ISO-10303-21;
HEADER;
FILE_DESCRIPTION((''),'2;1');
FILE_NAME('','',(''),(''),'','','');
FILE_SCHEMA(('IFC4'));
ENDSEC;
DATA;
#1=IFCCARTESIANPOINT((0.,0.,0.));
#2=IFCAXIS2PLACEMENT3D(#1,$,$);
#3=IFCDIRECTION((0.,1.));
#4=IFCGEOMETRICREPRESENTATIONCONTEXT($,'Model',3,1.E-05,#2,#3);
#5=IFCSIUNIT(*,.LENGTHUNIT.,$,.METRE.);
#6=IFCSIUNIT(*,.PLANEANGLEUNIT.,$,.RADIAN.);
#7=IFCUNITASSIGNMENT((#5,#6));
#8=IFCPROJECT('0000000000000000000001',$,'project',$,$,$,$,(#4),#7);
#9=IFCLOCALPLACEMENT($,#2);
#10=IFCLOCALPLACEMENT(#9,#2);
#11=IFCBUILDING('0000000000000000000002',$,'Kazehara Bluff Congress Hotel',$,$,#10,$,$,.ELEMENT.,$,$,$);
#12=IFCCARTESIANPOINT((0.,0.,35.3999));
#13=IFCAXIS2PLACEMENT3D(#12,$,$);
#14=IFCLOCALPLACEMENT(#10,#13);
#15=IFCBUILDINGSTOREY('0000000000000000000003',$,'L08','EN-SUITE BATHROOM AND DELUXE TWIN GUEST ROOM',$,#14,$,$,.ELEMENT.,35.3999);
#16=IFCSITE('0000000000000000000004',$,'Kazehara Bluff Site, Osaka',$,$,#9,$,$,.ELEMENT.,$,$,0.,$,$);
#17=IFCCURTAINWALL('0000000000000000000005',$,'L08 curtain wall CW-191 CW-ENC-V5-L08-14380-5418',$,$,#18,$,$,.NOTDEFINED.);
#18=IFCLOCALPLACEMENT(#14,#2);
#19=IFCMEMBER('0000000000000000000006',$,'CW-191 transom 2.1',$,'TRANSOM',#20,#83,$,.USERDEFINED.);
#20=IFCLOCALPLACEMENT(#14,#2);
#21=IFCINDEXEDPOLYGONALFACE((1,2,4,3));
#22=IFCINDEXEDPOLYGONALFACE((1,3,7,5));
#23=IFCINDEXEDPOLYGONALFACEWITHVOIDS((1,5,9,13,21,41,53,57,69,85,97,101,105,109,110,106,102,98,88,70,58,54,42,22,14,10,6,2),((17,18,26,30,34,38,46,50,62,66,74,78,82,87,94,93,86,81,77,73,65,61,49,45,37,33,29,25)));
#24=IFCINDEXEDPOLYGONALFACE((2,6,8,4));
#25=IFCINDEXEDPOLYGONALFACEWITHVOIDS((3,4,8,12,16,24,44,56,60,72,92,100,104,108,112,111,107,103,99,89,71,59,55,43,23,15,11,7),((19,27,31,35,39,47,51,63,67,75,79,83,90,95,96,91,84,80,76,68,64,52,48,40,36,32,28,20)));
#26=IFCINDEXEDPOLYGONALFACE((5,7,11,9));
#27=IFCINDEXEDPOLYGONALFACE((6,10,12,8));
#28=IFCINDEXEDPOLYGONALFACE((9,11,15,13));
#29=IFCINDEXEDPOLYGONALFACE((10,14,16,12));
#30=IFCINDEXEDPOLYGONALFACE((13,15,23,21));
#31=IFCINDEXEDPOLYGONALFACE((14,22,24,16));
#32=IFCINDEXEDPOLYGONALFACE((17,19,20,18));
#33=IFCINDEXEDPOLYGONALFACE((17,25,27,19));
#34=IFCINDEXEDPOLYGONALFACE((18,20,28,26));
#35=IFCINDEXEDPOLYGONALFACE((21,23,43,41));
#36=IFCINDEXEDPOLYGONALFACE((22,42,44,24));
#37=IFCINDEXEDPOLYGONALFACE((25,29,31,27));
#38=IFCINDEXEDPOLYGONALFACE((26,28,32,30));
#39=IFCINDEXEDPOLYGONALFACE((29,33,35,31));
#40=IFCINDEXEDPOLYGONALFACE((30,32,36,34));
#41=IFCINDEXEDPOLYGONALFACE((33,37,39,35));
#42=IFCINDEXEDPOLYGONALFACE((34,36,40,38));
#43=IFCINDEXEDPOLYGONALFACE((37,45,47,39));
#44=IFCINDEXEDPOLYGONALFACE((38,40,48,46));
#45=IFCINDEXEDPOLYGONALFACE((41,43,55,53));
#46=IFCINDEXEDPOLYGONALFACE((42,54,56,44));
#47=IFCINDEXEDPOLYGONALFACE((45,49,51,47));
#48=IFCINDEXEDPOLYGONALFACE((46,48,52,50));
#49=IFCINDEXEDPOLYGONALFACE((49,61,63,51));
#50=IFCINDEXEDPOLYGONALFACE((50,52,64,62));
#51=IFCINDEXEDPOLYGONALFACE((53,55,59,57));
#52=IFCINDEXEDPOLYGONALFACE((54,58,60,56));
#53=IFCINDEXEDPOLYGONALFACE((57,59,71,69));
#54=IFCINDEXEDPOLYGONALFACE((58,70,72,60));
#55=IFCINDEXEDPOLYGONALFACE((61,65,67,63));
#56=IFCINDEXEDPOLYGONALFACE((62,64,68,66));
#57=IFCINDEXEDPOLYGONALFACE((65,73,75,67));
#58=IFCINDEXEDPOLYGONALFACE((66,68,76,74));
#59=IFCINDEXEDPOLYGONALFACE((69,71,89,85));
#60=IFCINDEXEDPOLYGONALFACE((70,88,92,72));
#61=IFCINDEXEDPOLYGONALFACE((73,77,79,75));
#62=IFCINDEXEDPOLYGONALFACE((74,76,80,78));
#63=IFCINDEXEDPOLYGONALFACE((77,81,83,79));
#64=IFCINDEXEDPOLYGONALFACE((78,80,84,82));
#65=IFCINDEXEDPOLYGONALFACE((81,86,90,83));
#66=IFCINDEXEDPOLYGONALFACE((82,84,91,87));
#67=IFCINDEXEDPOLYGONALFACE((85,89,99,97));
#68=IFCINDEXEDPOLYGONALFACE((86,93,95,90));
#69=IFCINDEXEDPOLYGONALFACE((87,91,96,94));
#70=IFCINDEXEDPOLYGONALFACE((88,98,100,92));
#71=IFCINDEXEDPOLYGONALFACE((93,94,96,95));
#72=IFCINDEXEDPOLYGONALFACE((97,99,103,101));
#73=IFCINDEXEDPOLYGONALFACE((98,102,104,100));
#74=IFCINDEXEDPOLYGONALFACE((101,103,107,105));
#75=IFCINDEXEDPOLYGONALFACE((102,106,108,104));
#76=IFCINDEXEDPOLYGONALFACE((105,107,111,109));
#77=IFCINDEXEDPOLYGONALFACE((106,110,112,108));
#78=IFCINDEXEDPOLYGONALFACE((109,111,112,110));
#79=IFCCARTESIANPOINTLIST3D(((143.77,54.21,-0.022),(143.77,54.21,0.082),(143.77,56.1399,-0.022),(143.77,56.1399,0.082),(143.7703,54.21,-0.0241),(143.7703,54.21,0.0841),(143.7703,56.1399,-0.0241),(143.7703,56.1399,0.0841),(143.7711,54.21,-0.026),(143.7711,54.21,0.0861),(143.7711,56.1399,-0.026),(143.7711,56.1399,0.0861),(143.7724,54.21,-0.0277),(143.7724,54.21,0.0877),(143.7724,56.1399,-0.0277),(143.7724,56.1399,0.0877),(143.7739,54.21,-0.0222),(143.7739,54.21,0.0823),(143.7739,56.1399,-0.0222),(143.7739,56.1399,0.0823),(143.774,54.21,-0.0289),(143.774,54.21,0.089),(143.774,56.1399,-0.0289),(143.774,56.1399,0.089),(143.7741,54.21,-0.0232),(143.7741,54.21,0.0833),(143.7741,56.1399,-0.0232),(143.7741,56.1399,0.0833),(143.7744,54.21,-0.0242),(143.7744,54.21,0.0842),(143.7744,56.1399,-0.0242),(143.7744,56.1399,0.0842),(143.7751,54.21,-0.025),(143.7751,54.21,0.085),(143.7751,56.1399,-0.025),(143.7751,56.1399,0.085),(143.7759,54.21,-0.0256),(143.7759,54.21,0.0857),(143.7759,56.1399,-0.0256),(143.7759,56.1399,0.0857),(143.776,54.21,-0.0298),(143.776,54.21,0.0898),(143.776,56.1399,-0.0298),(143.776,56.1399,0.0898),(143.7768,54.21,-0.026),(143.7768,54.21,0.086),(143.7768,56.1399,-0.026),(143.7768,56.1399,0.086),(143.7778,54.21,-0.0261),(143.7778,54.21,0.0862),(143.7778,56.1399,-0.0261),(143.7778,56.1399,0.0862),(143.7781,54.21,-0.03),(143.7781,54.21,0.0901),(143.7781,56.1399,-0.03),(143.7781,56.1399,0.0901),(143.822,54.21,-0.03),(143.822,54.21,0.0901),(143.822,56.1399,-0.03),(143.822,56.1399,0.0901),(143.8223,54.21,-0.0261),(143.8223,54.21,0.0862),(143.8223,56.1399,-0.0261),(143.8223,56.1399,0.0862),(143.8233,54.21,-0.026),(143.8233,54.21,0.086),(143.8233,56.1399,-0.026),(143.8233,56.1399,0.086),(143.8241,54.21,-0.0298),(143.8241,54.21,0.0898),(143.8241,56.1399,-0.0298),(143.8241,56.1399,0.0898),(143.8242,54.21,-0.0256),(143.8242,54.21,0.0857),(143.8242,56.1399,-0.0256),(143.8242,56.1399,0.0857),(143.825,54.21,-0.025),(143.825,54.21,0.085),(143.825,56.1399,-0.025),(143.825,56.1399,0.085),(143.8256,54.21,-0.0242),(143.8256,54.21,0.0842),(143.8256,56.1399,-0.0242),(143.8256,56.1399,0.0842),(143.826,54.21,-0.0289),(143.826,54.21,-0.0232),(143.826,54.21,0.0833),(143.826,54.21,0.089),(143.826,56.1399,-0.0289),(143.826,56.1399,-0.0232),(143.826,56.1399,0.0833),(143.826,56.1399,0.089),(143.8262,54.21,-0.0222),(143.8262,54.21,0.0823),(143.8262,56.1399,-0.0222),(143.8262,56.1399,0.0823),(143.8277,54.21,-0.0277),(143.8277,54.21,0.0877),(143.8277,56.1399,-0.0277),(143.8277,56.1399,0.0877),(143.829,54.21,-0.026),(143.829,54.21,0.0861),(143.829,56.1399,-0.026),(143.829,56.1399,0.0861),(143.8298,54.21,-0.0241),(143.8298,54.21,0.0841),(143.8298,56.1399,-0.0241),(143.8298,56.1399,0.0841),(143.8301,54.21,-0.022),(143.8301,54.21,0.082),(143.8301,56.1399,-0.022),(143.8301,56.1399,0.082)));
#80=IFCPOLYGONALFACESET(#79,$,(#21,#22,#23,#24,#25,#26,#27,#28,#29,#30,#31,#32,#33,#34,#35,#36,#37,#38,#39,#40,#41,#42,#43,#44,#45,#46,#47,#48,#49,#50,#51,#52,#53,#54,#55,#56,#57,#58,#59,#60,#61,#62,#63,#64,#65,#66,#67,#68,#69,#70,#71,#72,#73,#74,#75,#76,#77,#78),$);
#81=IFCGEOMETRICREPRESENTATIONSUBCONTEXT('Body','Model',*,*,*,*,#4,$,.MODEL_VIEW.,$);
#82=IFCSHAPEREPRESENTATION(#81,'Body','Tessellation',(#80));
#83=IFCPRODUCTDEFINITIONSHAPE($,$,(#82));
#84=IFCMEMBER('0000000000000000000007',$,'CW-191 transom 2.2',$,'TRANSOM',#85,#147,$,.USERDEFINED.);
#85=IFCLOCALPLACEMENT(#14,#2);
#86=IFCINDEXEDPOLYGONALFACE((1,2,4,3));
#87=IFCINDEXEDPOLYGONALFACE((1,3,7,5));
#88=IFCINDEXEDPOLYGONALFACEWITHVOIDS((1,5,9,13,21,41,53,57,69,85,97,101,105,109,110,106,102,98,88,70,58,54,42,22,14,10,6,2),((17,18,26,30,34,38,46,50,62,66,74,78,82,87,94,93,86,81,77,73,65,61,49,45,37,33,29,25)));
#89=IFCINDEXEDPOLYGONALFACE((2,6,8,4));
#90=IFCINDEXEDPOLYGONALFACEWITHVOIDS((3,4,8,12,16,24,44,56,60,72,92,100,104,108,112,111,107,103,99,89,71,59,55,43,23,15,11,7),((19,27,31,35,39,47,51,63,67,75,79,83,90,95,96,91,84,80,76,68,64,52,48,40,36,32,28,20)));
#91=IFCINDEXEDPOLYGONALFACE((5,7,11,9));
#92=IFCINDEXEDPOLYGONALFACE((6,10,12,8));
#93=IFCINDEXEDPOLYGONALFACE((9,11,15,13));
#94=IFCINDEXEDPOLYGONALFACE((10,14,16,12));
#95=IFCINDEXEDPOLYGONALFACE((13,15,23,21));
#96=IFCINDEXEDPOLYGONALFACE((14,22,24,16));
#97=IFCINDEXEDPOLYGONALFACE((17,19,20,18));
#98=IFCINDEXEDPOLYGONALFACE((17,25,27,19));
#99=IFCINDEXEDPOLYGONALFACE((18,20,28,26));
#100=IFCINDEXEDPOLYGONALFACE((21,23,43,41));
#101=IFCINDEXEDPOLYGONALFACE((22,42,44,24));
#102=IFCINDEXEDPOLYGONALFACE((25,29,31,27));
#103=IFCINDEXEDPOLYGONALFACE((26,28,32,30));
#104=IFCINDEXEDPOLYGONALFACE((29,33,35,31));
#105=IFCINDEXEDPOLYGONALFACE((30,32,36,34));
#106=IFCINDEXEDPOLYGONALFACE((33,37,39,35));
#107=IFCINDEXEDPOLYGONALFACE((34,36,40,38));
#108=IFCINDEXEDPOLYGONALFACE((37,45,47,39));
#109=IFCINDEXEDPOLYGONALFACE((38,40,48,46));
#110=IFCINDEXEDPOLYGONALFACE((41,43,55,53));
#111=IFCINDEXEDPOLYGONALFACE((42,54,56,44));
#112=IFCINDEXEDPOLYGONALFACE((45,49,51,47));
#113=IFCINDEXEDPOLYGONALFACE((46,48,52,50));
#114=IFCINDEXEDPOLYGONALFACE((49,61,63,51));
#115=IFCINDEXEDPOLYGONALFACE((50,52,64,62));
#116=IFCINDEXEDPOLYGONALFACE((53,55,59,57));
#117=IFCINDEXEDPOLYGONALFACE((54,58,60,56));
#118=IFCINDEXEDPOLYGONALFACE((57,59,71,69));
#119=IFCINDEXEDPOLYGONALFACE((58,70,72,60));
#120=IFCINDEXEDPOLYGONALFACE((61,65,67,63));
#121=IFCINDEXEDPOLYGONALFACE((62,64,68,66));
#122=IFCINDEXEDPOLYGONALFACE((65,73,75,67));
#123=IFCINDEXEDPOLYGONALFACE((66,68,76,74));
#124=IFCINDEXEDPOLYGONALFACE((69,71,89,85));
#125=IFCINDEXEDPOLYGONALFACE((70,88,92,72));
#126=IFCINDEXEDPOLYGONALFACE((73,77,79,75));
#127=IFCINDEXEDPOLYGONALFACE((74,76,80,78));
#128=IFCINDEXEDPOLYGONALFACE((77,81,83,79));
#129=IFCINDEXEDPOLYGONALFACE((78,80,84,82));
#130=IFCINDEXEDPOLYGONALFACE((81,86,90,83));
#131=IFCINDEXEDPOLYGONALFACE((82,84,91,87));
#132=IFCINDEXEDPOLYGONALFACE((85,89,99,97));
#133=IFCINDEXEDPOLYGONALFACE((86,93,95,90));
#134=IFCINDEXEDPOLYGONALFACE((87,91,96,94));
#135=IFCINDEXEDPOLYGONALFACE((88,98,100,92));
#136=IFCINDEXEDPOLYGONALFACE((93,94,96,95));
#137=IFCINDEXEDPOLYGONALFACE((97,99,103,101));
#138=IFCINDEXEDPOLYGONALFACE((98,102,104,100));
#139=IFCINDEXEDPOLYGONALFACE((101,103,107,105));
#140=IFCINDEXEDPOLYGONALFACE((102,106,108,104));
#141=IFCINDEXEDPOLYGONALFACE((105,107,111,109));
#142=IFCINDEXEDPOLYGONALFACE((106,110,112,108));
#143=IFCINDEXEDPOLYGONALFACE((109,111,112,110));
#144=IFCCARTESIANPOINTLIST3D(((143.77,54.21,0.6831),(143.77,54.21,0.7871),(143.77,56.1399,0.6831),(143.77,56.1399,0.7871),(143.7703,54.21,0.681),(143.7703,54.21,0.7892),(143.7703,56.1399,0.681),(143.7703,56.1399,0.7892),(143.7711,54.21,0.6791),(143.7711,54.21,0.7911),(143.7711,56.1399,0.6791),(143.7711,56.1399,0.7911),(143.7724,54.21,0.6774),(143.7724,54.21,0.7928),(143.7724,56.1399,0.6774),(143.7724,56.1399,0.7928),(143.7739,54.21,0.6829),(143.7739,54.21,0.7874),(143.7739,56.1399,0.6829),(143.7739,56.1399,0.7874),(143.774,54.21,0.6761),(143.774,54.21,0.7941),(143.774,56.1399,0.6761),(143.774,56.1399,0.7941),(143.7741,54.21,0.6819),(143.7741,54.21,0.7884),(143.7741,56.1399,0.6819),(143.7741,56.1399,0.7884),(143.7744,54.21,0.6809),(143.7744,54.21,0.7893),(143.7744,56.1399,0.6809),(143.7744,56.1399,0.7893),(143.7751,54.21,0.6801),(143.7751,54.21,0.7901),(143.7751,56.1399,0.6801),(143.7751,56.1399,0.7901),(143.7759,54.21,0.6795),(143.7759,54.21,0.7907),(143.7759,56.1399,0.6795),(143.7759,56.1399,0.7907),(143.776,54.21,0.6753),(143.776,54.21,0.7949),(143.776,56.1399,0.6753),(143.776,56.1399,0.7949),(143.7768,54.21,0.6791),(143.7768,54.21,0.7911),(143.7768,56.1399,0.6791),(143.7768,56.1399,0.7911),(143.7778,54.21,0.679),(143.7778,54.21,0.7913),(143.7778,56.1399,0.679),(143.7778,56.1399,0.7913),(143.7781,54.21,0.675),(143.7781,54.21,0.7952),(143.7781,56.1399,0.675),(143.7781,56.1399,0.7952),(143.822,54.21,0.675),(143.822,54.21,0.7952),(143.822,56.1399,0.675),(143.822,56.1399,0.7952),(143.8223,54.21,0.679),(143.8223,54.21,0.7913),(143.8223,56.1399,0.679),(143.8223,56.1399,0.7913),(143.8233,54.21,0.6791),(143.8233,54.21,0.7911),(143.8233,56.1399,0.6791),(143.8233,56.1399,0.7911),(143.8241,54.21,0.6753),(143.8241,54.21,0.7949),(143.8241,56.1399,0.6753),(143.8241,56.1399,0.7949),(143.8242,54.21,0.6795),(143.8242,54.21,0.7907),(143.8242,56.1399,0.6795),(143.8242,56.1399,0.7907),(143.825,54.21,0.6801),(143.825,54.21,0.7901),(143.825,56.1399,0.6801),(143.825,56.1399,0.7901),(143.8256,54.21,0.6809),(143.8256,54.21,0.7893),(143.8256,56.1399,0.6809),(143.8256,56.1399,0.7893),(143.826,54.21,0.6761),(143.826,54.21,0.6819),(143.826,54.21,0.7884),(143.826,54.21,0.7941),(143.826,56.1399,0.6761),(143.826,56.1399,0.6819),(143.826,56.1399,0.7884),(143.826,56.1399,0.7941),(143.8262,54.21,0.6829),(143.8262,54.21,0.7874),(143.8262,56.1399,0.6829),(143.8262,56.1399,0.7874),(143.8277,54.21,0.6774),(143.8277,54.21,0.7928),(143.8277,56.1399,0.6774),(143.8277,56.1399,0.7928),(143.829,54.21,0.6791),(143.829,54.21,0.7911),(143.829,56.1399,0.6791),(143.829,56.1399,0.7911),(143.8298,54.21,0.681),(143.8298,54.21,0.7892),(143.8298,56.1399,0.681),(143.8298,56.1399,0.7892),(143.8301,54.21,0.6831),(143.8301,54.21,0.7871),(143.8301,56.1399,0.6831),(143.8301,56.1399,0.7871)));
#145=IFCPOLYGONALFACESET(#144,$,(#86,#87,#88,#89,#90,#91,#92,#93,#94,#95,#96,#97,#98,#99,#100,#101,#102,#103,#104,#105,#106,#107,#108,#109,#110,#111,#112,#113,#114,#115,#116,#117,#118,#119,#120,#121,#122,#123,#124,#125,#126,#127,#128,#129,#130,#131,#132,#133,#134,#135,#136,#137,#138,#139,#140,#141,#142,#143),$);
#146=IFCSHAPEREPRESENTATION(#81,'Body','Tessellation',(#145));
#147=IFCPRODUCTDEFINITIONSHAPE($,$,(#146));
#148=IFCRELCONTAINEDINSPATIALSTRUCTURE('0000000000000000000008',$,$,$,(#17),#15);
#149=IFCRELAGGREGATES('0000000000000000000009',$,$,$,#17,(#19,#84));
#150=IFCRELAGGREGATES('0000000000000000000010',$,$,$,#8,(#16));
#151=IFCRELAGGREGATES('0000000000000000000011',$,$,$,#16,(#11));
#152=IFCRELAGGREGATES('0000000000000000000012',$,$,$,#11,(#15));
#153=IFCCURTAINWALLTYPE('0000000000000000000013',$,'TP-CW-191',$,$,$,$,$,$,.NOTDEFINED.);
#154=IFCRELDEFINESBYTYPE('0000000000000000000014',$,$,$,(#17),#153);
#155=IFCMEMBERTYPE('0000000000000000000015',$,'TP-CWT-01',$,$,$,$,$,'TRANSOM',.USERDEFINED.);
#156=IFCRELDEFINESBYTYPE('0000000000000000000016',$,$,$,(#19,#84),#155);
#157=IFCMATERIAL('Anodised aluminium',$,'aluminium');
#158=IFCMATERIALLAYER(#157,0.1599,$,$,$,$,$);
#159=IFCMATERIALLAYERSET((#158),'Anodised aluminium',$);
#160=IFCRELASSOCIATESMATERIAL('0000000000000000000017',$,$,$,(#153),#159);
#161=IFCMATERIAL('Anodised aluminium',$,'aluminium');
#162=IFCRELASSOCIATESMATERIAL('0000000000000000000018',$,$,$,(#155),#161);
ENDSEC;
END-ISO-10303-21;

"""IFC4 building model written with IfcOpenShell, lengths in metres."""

from ifc_helpers import new_model, si_unit, direction, frame, origin, origin_2d, place, context, subcontext, project, spatial, hollow_rectangle, extrude, material, layer, layer_set, material_profile, profile_set, type_object, element, aggregate, save


model = new_model("IFC4")

# Units and contexts
model_context = context("Model", 3, precision=1e-05, world=origin(), true_north=direction((0.0, 1.0)))
body_context = subcontext(model_context, "Body", "Model", "MODEL_VIEW")
ifc_project = project(units=[si_unit("LENGTHUNIT", "METRE"), si_unit("PLANEANGLEUNIT", "RADIAN")], contexts=[model_context])

# Site, building, storey
site_placement = place(None, origin())
site = spatial("IfcSite", under=ifc_project, at=site_placement, Name="Kazehara Bluff Site, Osaka", CompositionType="ELEMENT", RefElevation=0.0)
building_placement = place(site_placement, origin())
building = spatial("IfcBuilding", under=site, at=building_placement, Name="Kazehara Bluff Congress Hotel", CompositionType="ELEMENT")
storey_placement = place(building_placement, frame((0.0, 0.0, 35.3999)))
storey = spatial("IfcBuildingStorey", under=building, at=storey_placement, Name="L08", Description="EN-SUITE BATHROOM AND DELUXE TWIN GUEST ROOM", CompositionType="ELEMENT", Elevation=35.3999)

# Curtain wall
ifc_material_1 = material(Name="Anodised aluminium", Category="aluminium")
ifc_layer_1 = layer(ifc_material_1, 0.1599)
ifc_layer_set_1 = layer_set([ifc_layer_1], Name="Anodised aluminium")
curtain_wall_type_1 = type_object("IfcCurtainWallType", Name="TP-CW-191", PredefinedType="NOTDEFINED", material=ifc_layer_set_1)
curtain_wall_1_placement = place(storey_placement, origin())
curtain_wall_1 = element("IfcCurtainWall", 1, at=curtain_wall_1_placement, inside=storey, type_object=curtain_wall_type_1, Name="L08 curtain wall CW-191 CW-ENC-V5-L08-14380-5418", PredefinedType="NOTDEFINED")

# Members
ifc_material_2 = material(Name="Anodised aluminium", Category="aluminium")
ifc_material_profile_1 = material_profile(ifc_material_2, hollow_rectangle(XDim=0.0601, YDim=0.1201, WallThickness=0.0039, InnerFilletRadius=0.0039, OuterFilletRadius=0.0081, at=origin_2d()))
ifc_profile_set_1 = profile_set([ifc_material_profile_1], Name="Anodised aluminium")
member_type_1 = type_object("IfcMemberType", Name="TP-CWT-01", ElementType="TRANSOM", PredefinedType="USERDEFINED", material=ifc_profile_set_1)
member_1_placement = place(storey_placement, frame((143.8, 54.21, 0.03), z_axis=(0.0, 1.0, 0.0), x_axis=(-1.0, 0.0, 0.0)))
member_1 = element("IfcMember", 2, at=member_1_placement, type_object=member_type_1, Name="CW-191 transom 2.1", ObjectType="TRANSOM", PredefinedType="USERDEFINED", context=body_context, shape_type="SweptSolid", body=[
    extrude(hollow_rectangle(XDim=0.0601, YDim=0.1201, WallThickness=0.0039, InnerFilletRadius=0.0039, OuterFilletRadius=0.0081, at=origin_2d()), origin(), (0.0, 0.0, 1.0), 1.9299),
])
member_2_placement = place(storey_placement, frame((143.8, 54.21, 0.7351), z_axis=(0.0, 1.0, 0.0), x_axis=(-1.0, 0.0, 0.0)))
member_2 = element("IfcMember", 3, at=member_2_placement, type_object=member_type_1, Name="CW-191 transom 2.2", ObjectType="TRANSOM", PredefinedType="USERDEFINED", context=body_context, shape_type="SweptSolid", body=[
    extrude(hollow_rectangle(XDim=0.0601, YDim=0.1201, WallThickness=0.0039, InnerFilletRadius=0.0039, OuterFilletRadius=0.0081, at=origin_2d()), origin(), (0.0, 0.0, 1.0), 1.9299),
])

aggregate(curtain_wall_1, [member_1, member_2])

save(model, "model.ifc")
